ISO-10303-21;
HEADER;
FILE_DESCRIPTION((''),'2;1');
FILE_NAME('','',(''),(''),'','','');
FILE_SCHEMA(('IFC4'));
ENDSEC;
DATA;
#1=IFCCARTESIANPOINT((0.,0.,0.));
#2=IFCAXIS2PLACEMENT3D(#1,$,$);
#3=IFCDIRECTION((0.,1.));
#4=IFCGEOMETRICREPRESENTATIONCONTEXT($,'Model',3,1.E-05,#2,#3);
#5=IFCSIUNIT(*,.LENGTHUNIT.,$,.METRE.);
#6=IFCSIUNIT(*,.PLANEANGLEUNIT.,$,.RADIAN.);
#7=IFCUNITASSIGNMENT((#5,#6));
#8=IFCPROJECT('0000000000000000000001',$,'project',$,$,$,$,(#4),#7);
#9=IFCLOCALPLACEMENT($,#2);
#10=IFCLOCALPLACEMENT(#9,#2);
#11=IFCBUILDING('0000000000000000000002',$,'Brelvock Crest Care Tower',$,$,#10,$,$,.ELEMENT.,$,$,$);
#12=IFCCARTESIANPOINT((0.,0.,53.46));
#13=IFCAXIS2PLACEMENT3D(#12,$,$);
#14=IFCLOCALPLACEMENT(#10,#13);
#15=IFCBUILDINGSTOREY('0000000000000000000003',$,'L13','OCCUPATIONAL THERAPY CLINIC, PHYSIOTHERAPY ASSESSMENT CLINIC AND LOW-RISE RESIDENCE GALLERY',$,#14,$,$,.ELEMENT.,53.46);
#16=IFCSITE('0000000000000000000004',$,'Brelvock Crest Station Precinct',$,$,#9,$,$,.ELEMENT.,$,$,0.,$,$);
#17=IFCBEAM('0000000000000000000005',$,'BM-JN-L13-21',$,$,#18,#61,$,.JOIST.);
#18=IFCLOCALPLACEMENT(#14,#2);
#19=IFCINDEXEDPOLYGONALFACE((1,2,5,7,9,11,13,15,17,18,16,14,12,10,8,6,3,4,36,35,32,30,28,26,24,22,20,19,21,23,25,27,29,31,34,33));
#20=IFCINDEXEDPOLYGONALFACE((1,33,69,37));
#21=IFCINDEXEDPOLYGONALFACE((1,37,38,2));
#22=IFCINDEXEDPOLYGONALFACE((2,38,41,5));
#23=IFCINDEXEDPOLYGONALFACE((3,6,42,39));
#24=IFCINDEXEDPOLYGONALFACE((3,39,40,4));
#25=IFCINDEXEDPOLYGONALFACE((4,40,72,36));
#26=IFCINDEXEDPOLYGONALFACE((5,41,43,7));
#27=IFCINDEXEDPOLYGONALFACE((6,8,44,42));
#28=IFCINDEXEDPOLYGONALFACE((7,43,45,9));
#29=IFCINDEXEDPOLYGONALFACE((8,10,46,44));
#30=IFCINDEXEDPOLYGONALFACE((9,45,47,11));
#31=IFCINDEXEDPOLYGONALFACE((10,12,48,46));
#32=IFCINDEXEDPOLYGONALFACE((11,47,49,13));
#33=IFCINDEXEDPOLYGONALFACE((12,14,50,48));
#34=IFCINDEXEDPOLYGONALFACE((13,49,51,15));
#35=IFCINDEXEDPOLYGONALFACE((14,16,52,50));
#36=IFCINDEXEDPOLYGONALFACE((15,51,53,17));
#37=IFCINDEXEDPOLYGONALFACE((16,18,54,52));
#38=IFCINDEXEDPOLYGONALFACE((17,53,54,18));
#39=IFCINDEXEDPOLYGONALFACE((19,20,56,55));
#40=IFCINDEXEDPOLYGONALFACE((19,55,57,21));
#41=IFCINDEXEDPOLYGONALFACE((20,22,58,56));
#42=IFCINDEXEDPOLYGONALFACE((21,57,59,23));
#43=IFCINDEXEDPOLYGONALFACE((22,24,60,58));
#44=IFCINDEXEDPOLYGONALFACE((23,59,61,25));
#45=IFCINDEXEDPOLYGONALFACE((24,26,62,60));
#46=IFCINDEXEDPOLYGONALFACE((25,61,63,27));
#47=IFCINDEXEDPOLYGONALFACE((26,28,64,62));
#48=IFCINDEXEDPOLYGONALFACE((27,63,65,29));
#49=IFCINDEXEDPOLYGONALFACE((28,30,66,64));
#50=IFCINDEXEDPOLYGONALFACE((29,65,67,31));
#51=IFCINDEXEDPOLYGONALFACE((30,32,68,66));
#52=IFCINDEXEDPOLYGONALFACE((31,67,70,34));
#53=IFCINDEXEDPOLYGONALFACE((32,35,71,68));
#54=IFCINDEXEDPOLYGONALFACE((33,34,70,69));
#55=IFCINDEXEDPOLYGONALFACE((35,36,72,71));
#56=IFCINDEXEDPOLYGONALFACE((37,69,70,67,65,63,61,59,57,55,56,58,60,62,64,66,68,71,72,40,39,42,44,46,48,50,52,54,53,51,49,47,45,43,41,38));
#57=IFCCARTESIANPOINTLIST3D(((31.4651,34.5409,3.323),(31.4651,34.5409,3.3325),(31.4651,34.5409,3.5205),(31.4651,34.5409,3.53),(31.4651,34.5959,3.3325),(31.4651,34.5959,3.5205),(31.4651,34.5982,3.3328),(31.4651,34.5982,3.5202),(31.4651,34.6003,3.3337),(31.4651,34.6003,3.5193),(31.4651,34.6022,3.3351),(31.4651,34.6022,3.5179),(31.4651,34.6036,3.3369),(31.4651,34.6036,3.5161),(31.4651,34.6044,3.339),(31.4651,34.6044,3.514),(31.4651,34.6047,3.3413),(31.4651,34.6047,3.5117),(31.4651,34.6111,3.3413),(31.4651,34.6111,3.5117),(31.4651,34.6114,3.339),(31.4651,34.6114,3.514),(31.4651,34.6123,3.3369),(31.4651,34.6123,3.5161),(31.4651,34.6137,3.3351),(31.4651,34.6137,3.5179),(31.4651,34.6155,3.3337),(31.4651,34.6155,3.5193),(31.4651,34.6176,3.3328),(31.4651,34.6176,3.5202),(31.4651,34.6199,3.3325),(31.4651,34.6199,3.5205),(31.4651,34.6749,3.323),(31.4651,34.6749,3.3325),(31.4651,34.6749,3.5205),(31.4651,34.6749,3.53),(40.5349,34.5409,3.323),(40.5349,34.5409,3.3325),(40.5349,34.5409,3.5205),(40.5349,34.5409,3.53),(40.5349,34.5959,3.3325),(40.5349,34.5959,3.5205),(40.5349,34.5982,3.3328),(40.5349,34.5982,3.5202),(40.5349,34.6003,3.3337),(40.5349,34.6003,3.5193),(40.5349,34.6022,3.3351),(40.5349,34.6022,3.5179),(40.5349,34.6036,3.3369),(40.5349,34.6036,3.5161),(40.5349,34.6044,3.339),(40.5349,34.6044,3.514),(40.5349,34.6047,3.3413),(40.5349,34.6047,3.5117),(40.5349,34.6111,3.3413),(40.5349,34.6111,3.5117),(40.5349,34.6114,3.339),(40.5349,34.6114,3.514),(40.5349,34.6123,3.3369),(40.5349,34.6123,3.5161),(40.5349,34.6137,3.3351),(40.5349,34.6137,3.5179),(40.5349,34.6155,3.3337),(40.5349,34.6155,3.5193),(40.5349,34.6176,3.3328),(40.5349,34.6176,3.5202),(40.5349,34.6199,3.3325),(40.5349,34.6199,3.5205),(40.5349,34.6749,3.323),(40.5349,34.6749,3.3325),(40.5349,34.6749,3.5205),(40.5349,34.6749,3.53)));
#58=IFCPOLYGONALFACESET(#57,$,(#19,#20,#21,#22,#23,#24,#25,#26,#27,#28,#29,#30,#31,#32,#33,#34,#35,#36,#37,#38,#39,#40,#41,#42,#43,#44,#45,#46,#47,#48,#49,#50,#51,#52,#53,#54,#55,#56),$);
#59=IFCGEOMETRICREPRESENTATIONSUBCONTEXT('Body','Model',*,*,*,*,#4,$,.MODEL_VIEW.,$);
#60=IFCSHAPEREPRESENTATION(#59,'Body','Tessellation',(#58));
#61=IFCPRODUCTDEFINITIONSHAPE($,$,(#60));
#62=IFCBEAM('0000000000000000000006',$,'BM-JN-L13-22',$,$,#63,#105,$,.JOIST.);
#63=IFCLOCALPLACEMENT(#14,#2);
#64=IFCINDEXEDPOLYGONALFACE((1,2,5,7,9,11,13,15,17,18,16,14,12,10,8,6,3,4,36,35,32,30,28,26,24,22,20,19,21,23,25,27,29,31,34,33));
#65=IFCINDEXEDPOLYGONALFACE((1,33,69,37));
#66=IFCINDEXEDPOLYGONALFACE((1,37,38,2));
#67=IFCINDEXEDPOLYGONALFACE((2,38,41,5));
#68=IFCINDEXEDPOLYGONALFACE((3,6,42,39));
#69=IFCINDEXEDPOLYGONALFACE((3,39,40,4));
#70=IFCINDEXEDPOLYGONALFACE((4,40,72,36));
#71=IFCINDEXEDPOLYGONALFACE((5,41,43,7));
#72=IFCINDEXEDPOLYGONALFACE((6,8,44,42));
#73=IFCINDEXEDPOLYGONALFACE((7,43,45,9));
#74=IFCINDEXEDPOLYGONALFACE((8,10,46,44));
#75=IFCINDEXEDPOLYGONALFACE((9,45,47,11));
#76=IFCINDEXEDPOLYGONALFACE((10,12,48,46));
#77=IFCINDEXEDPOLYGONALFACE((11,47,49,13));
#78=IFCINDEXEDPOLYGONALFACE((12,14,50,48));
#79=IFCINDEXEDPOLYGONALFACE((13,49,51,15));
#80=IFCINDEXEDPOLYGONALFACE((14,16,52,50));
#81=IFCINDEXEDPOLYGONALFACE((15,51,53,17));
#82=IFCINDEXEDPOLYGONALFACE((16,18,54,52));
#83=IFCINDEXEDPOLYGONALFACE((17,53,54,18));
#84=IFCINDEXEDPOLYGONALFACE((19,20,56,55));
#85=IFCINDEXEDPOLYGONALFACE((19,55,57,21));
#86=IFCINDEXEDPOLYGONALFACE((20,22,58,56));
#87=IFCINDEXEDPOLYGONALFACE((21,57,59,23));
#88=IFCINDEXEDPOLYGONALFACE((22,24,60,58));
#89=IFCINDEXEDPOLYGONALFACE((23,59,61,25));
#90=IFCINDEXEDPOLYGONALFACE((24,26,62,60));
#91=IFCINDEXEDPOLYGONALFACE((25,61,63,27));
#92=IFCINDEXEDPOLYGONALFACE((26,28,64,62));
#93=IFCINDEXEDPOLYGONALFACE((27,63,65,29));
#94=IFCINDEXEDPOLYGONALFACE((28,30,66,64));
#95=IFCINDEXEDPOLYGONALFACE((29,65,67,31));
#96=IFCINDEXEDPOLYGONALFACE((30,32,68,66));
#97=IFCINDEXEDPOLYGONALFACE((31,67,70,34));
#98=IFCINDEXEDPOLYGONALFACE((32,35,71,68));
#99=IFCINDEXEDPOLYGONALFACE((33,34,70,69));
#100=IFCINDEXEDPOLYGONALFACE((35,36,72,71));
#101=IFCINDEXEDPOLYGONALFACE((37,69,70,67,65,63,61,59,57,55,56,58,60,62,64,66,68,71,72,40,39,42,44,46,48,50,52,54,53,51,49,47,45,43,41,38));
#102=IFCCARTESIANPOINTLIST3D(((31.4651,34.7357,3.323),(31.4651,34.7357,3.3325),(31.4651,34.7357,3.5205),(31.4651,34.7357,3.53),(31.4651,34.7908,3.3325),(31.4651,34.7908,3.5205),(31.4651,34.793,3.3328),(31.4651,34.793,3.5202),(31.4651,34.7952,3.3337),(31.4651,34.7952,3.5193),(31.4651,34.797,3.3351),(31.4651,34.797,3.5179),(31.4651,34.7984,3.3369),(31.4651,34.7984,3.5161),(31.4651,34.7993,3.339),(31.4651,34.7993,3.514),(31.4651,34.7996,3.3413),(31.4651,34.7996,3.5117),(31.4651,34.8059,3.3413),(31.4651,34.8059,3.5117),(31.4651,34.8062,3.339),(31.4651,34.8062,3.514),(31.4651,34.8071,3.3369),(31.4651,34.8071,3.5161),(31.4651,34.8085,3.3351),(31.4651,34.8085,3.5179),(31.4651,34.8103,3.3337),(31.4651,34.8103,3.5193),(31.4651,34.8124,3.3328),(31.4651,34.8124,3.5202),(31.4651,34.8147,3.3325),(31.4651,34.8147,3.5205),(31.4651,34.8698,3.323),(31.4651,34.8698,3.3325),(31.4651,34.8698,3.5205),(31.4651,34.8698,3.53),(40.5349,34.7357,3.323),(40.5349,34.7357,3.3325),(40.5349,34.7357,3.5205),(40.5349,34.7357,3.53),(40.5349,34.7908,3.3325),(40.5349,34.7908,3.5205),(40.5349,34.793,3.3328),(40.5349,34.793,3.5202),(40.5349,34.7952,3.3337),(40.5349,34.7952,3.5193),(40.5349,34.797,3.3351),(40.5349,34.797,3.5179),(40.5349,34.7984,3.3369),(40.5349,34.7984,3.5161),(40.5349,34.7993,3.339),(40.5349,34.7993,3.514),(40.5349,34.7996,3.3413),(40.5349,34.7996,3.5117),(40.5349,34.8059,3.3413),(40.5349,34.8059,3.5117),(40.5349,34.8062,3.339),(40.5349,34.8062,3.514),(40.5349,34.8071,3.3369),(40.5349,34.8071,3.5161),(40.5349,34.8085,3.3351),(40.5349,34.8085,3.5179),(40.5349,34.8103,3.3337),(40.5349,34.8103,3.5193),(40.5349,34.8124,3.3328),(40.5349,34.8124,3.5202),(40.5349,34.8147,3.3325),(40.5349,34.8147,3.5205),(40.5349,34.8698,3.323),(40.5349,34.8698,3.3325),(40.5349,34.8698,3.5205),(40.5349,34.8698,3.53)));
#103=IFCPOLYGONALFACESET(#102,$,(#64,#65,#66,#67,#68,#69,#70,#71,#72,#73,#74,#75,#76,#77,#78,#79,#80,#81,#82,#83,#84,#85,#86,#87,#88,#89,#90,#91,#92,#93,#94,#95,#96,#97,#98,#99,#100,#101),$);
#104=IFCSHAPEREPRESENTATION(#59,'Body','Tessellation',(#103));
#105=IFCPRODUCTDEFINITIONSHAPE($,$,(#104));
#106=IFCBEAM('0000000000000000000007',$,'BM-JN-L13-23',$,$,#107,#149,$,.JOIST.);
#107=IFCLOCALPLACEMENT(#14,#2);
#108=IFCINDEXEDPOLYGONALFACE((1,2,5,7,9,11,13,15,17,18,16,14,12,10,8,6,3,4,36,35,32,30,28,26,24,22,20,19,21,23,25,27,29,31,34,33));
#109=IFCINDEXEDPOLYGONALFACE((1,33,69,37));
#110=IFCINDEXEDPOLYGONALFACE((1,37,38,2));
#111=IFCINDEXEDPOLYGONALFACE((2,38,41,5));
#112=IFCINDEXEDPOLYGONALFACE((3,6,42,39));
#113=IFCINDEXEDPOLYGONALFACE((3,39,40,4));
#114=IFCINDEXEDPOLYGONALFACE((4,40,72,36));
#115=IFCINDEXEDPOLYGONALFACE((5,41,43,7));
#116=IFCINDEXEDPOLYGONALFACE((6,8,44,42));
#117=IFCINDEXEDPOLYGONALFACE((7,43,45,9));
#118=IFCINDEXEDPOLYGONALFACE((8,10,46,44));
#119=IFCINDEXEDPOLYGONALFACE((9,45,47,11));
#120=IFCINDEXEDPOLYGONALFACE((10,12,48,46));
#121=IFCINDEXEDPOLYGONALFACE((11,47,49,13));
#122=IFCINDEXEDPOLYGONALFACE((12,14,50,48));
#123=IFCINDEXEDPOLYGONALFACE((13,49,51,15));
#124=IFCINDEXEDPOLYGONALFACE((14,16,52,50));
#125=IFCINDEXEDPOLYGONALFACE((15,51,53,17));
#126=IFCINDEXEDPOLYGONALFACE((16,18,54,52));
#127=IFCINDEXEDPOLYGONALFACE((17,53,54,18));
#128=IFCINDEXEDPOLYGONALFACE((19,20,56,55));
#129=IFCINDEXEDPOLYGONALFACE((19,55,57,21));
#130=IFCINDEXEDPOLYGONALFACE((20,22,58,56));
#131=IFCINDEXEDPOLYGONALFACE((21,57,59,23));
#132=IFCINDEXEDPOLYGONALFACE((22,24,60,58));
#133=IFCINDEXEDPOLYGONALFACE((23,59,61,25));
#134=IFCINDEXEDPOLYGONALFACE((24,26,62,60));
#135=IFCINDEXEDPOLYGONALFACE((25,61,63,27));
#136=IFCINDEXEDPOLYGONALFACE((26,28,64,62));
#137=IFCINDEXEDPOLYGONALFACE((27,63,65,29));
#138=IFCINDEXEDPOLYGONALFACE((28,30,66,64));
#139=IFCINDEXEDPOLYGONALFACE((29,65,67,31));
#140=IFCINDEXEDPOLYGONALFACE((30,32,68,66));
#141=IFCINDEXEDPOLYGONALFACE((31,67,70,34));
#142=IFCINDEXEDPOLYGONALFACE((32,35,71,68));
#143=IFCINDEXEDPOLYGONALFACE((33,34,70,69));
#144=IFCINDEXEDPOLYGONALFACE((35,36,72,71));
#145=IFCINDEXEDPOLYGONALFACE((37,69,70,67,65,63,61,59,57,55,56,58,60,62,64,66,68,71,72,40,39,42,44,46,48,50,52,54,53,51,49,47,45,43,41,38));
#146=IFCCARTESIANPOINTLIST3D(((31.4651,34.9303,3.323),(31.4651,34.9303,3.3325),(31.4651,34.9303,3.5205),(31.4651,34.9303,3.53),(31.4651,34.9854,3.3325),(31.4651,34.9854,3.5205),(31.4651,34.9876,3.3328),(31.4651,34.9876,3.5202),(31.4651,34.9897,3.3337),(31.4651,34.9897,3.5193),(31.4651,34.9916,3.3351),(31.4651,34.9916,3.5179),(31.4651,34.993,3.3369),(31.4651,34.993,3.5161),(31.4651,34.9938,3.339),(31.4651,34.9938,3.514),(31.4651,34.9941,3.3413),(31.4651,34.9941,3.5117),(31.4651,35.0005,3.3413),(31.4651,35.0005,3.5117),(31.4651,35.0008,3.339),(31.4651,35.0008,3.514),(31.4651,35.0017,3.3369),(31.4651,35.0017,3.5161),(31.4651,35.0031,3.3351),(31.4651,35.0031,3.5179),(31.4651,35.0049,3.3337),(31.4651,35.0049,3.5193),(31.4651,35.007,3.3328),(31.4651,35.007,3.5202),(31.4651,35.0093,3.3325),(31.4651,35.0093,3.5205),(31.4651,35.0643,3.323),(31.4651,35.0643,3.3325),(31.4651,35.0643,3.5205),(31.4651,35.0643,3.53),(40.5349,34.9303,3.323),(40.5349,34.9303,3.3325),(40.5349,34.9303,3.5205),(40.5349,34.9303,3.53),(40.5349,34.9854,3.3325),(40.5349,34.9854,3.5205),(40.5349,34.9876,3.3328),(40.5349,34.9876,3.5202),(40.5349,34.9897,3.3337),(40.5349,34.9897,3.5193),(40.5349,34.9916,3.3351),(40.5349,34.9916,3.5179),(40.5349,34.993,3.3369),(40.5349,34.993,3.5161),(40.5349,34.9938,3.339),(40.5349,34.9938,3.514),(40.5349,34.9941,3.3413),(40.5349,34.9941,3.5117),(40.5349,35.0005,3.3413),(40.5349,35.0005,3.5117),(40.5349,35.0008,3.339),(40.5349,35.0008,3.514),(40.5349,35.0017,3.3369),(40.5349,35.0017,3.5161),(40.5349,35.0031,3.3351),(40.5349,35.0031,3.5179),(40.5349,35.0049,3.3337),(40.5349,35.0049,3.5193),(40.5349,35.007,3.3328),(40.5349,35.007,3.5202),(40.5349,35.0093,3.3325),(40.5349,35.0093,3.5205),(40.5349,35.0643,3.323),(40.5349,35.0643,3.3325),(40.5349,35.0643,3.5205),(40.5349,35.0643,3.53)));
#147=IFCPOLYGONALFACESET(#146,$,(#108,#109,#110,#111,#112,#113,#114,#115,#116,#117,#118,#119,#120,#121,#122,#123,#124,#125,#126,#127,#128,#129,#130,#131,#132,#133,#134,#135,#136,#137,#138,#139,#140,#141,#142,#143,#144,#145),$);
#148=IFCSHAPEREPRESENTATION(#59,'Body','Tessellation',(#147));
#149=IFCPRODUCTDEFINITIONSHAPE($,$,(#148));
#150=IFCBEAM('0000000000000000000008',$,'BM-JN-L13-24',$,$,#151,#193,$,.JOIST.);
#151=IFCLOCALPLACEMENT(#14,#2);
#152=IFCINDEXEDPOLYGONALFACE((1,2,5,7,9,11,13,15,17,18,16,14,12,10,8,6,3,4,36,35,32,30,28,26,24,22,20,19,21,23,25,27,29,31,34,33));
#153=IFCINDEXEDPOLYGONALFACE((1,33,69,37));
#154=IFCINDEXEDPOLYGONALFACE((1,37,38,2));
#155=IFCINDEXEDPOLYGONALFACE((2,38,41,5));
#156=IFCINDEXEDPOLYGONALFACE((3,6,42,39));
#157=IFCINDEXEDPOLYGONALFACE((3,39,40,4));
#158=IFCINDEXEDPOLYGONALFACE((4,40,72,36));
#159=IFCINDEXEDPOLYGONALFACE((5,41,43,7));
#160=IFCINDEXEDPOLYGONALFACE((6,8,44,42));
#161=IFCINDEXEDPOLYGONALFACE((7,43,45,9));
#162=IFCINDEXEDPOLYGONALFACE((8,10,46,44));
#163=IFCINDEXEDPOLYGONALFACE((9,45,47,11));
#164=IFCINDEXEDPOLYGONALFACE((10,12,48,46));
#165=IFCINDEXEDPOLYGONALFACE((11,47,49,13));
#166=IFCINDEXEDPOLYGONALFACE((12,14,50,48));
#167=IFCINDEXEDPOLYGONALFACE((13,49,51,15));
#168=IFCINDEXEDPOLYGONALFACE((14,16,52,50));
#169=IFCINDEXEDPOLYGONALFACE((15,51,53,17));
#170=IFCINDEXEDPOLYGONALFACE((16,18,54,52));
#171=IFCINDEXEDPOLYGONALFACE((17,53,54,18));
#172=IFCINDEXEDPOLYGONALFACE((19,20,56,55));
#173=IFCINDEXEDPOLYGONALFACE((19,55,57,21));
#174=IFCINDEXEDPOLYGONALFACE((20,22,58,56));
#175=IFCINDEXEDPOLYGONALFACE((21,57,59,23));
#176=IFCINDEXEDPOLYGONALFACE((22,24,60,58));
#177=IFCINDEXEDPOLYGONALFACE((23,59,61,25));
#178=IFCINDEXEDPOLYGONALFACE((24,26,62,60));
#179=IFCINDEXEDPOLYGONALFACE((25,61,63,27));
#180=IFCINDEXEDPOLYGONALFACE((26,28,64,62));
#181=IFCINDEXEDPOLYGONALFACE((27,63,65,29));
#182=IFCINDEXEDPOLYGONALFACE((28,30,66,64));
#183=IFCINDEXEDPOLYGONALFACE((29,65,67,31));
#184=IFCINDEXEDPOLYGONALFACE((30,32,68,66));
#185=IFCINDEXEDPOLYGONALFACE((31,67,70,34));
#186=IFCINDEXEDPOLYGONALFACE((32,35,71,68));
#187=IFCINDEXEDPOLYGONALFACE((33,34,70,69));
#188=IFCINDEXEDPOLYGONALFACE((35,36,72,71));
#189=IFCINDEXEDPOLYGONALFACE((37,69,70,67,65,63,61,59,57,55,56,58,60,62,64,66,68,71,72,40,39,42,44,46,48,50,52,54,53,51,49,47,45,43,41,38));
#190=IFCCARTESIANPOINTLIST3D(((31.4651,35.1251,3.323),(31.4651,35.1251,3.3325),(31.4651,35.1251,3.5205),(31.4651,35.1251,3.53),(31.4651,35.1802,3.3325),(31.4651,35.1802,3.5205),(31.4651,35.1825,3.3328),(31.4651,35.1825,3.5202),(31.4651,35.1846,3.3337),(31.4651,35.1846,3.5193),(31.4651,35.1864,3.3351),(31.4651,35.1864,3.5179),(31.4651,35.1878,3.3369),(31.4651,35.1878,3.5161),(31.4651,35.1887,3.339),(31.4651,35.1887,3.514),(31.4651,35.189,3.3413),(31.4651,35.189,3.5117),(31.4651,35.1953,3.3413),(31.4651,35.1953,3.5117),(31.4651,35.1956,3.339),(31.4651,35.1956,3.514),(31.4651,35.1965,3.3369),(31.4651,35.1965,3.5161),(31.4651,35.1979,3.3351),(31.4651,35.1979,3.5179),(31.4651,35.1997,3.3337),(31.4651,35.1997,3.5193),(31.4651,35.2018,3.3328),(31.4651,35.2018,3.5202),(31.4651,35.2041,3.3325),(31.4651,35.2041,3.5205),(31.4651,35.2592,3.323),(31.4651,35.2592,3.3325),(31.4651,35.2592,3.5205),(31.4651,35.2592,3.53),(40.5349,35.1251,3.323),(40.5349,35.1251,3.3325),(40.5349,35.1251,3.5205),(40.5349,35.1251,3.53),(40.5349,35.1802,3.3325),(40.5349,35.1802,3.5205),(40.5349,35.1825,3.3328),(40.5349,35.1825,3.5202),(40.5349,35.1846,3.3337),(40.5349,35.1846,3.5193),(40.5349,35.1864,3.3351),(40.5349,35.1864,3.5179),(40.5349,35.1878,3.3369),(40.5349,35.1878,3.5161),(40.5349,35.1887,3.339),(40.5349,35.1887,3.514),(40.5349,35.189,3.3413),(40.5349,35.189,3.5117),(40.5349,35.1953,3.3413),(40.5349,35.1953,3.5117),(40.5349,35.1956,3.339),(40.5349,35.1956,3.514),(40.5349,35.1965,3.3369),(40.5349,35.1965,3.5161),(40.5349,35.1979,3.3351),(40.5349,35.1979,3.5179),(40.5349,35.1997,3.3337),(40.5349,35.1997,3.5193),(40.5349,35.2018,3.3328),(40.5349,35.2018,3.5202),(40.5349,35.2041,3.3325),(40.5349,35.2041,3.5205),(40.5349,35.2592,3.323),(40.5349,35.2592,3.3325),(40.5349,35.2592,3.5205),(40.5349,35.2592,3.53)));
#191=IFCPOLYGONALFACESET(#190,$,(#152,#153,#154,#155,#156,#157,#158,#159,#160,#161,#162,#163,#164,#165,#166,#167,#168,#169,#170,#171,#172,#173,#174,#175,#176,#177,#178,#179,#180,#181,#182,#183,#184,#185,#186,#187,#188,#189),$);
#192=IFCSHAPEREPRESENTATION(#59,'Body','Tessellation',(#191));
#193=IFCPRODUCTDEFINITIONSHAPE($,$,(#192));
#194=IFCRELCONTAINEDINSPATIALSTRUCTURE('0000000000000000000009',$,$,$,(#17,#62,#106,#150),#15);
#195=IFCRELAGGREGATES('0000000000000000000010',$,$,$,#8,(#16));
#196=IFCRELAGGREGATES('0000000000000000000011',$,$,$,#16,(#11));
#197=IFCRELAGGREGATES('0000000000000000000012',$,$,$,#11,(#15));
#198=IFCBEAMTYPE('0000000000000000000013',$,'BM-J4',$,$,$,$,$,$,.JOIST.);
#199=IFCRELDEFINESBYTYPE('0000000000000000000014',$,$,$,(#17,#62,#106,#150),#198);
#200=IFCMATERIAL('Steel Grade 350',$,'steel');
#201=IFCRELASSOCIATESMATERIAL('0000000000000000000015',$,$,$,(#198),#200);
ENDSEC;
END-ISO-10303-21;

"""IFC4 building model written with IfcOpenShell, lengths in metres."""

from ifc_helpers import new_model, si_unit, direction, frame, origin, origin_2d, place, context, subcontext, project, spatial, i_section, extrude, source, transform, mapped, material, material_profile, profile_set, type_object, element, save


model = new_model("IFC4")

# Units and contexts
model_context = context("Model", 3, precision=1e-05, world=origin(), true_north=direction((0.0, 1.0)))
body_context = subcontext(model_context, "Body", "Model", "MODEL_VIEW")
ifc_project = project(units=[si_unit("LENGTHUNIT", "METRE"), si_unit("PLANEANGLEUNIT", "RADIAN")], contexts=[model_context])

# Site, building, storey
site_placement = place(None, origin())
site = spatial("IfcSite", under=ifc_project, at=site_placement, Name="Brelvock Crest Station Precinct", CompositionType="ELEMENT", RefElevation=0.0)
building_placement = place(site_placement, origin())
building = spatial("IfcBuilding", under=site, at=building_placement, Name="Brelvock Crest Care Tower", CompositionType="ELEMENT")
storey_placement = place(building_placement, frame((0.0, 0.0, 53.46)))
storey = spatial("IfcBuildingStorey", under=building, at=storey_placement, Name="L13", Description="OCCUPATIONAL THERAPY CLINIC, PHYSIOTHERAPY ASSESSMENT CLINIC AND LOW-RISE RESIDENCE GALLERY", CompositionType="ELEMENT", Elevation=53.46)

# Shared definitions
ifc_material_1 = material(Name="Steel Grade 350", Category="steel")

# Beams
ifc_material_profile_1 = material_profile(ifc_material_1, i_section(OverallWidth=0.134, OverallDepth=0.207, WebThickness=0.0063, FlangeThickness=0.0095, FilletRadius=0.0088, at=origin_2d()), Name="200UB29.8")
ifc_profile_set_1 = profile_set([ifc_material_profile_1], Name="Steel Grade 350")
beam_type_1 = type_object("IfcBeamType", Name="BM-J4", PredefinedType="JOIST", material=ifc_profile_set_1)
shared_shape_1 = source(origin(), body_context, "Body", "SweptSolid", [
    extrude(i_section(OverallWidth=0.134, OverallDepth=0.207, WebThickness=0.0063, FlangeThickness=0.0095, FilletRadius=0.0088, at=origin_2d()), origin(), (0.0, 0.0, 1.0), 9.0698),
])
for number, where, z_axis, x_axis, name in (
    (1, (31.4651, 34.6079, 3.4265), (1.0, 0.0, 0.0), (0.0, 1.0, 0.0), "BM-JN-L13-21"),
    (2, (31.4651, 34.8027, 3.4265), (1.0, 0.0, 0.0), (0.0, 1.0, 0.0), "BM-JN-L13-22"),
    (3, (31.4651, 34.9973, 3.4265), (1.0, 0.0, 0.0), (0.0, 1.0, 0.0), "BM-JN-L13-23"),
    (4, (31.4651, 35.1921, 3.4265), (1.0, 0.0, 0.0), (0.0, 1.0, 0.0), "BM-JN-L13-24"),
):
    element("IfcBeam", number, at=place(storey_placement, frame(where, z_axis=z_axis, x_axis=x_axis)), inside=storey, type_object=beam_type_1, Name=name, PredefinedType="JOIST", context=body_context, shape_type="MappedRepresentation", body=[
        mapped(shared_shape_1, transform((0.0, 0.0, 0.0), x_axis=(1.0, 0.0, 0.0), y_axis=(0.0, 1.0, 0.0), z_axis=(0.0, 0.0, 1.0), scale=1.0)),
    ])

save(model, "model.ifc")
